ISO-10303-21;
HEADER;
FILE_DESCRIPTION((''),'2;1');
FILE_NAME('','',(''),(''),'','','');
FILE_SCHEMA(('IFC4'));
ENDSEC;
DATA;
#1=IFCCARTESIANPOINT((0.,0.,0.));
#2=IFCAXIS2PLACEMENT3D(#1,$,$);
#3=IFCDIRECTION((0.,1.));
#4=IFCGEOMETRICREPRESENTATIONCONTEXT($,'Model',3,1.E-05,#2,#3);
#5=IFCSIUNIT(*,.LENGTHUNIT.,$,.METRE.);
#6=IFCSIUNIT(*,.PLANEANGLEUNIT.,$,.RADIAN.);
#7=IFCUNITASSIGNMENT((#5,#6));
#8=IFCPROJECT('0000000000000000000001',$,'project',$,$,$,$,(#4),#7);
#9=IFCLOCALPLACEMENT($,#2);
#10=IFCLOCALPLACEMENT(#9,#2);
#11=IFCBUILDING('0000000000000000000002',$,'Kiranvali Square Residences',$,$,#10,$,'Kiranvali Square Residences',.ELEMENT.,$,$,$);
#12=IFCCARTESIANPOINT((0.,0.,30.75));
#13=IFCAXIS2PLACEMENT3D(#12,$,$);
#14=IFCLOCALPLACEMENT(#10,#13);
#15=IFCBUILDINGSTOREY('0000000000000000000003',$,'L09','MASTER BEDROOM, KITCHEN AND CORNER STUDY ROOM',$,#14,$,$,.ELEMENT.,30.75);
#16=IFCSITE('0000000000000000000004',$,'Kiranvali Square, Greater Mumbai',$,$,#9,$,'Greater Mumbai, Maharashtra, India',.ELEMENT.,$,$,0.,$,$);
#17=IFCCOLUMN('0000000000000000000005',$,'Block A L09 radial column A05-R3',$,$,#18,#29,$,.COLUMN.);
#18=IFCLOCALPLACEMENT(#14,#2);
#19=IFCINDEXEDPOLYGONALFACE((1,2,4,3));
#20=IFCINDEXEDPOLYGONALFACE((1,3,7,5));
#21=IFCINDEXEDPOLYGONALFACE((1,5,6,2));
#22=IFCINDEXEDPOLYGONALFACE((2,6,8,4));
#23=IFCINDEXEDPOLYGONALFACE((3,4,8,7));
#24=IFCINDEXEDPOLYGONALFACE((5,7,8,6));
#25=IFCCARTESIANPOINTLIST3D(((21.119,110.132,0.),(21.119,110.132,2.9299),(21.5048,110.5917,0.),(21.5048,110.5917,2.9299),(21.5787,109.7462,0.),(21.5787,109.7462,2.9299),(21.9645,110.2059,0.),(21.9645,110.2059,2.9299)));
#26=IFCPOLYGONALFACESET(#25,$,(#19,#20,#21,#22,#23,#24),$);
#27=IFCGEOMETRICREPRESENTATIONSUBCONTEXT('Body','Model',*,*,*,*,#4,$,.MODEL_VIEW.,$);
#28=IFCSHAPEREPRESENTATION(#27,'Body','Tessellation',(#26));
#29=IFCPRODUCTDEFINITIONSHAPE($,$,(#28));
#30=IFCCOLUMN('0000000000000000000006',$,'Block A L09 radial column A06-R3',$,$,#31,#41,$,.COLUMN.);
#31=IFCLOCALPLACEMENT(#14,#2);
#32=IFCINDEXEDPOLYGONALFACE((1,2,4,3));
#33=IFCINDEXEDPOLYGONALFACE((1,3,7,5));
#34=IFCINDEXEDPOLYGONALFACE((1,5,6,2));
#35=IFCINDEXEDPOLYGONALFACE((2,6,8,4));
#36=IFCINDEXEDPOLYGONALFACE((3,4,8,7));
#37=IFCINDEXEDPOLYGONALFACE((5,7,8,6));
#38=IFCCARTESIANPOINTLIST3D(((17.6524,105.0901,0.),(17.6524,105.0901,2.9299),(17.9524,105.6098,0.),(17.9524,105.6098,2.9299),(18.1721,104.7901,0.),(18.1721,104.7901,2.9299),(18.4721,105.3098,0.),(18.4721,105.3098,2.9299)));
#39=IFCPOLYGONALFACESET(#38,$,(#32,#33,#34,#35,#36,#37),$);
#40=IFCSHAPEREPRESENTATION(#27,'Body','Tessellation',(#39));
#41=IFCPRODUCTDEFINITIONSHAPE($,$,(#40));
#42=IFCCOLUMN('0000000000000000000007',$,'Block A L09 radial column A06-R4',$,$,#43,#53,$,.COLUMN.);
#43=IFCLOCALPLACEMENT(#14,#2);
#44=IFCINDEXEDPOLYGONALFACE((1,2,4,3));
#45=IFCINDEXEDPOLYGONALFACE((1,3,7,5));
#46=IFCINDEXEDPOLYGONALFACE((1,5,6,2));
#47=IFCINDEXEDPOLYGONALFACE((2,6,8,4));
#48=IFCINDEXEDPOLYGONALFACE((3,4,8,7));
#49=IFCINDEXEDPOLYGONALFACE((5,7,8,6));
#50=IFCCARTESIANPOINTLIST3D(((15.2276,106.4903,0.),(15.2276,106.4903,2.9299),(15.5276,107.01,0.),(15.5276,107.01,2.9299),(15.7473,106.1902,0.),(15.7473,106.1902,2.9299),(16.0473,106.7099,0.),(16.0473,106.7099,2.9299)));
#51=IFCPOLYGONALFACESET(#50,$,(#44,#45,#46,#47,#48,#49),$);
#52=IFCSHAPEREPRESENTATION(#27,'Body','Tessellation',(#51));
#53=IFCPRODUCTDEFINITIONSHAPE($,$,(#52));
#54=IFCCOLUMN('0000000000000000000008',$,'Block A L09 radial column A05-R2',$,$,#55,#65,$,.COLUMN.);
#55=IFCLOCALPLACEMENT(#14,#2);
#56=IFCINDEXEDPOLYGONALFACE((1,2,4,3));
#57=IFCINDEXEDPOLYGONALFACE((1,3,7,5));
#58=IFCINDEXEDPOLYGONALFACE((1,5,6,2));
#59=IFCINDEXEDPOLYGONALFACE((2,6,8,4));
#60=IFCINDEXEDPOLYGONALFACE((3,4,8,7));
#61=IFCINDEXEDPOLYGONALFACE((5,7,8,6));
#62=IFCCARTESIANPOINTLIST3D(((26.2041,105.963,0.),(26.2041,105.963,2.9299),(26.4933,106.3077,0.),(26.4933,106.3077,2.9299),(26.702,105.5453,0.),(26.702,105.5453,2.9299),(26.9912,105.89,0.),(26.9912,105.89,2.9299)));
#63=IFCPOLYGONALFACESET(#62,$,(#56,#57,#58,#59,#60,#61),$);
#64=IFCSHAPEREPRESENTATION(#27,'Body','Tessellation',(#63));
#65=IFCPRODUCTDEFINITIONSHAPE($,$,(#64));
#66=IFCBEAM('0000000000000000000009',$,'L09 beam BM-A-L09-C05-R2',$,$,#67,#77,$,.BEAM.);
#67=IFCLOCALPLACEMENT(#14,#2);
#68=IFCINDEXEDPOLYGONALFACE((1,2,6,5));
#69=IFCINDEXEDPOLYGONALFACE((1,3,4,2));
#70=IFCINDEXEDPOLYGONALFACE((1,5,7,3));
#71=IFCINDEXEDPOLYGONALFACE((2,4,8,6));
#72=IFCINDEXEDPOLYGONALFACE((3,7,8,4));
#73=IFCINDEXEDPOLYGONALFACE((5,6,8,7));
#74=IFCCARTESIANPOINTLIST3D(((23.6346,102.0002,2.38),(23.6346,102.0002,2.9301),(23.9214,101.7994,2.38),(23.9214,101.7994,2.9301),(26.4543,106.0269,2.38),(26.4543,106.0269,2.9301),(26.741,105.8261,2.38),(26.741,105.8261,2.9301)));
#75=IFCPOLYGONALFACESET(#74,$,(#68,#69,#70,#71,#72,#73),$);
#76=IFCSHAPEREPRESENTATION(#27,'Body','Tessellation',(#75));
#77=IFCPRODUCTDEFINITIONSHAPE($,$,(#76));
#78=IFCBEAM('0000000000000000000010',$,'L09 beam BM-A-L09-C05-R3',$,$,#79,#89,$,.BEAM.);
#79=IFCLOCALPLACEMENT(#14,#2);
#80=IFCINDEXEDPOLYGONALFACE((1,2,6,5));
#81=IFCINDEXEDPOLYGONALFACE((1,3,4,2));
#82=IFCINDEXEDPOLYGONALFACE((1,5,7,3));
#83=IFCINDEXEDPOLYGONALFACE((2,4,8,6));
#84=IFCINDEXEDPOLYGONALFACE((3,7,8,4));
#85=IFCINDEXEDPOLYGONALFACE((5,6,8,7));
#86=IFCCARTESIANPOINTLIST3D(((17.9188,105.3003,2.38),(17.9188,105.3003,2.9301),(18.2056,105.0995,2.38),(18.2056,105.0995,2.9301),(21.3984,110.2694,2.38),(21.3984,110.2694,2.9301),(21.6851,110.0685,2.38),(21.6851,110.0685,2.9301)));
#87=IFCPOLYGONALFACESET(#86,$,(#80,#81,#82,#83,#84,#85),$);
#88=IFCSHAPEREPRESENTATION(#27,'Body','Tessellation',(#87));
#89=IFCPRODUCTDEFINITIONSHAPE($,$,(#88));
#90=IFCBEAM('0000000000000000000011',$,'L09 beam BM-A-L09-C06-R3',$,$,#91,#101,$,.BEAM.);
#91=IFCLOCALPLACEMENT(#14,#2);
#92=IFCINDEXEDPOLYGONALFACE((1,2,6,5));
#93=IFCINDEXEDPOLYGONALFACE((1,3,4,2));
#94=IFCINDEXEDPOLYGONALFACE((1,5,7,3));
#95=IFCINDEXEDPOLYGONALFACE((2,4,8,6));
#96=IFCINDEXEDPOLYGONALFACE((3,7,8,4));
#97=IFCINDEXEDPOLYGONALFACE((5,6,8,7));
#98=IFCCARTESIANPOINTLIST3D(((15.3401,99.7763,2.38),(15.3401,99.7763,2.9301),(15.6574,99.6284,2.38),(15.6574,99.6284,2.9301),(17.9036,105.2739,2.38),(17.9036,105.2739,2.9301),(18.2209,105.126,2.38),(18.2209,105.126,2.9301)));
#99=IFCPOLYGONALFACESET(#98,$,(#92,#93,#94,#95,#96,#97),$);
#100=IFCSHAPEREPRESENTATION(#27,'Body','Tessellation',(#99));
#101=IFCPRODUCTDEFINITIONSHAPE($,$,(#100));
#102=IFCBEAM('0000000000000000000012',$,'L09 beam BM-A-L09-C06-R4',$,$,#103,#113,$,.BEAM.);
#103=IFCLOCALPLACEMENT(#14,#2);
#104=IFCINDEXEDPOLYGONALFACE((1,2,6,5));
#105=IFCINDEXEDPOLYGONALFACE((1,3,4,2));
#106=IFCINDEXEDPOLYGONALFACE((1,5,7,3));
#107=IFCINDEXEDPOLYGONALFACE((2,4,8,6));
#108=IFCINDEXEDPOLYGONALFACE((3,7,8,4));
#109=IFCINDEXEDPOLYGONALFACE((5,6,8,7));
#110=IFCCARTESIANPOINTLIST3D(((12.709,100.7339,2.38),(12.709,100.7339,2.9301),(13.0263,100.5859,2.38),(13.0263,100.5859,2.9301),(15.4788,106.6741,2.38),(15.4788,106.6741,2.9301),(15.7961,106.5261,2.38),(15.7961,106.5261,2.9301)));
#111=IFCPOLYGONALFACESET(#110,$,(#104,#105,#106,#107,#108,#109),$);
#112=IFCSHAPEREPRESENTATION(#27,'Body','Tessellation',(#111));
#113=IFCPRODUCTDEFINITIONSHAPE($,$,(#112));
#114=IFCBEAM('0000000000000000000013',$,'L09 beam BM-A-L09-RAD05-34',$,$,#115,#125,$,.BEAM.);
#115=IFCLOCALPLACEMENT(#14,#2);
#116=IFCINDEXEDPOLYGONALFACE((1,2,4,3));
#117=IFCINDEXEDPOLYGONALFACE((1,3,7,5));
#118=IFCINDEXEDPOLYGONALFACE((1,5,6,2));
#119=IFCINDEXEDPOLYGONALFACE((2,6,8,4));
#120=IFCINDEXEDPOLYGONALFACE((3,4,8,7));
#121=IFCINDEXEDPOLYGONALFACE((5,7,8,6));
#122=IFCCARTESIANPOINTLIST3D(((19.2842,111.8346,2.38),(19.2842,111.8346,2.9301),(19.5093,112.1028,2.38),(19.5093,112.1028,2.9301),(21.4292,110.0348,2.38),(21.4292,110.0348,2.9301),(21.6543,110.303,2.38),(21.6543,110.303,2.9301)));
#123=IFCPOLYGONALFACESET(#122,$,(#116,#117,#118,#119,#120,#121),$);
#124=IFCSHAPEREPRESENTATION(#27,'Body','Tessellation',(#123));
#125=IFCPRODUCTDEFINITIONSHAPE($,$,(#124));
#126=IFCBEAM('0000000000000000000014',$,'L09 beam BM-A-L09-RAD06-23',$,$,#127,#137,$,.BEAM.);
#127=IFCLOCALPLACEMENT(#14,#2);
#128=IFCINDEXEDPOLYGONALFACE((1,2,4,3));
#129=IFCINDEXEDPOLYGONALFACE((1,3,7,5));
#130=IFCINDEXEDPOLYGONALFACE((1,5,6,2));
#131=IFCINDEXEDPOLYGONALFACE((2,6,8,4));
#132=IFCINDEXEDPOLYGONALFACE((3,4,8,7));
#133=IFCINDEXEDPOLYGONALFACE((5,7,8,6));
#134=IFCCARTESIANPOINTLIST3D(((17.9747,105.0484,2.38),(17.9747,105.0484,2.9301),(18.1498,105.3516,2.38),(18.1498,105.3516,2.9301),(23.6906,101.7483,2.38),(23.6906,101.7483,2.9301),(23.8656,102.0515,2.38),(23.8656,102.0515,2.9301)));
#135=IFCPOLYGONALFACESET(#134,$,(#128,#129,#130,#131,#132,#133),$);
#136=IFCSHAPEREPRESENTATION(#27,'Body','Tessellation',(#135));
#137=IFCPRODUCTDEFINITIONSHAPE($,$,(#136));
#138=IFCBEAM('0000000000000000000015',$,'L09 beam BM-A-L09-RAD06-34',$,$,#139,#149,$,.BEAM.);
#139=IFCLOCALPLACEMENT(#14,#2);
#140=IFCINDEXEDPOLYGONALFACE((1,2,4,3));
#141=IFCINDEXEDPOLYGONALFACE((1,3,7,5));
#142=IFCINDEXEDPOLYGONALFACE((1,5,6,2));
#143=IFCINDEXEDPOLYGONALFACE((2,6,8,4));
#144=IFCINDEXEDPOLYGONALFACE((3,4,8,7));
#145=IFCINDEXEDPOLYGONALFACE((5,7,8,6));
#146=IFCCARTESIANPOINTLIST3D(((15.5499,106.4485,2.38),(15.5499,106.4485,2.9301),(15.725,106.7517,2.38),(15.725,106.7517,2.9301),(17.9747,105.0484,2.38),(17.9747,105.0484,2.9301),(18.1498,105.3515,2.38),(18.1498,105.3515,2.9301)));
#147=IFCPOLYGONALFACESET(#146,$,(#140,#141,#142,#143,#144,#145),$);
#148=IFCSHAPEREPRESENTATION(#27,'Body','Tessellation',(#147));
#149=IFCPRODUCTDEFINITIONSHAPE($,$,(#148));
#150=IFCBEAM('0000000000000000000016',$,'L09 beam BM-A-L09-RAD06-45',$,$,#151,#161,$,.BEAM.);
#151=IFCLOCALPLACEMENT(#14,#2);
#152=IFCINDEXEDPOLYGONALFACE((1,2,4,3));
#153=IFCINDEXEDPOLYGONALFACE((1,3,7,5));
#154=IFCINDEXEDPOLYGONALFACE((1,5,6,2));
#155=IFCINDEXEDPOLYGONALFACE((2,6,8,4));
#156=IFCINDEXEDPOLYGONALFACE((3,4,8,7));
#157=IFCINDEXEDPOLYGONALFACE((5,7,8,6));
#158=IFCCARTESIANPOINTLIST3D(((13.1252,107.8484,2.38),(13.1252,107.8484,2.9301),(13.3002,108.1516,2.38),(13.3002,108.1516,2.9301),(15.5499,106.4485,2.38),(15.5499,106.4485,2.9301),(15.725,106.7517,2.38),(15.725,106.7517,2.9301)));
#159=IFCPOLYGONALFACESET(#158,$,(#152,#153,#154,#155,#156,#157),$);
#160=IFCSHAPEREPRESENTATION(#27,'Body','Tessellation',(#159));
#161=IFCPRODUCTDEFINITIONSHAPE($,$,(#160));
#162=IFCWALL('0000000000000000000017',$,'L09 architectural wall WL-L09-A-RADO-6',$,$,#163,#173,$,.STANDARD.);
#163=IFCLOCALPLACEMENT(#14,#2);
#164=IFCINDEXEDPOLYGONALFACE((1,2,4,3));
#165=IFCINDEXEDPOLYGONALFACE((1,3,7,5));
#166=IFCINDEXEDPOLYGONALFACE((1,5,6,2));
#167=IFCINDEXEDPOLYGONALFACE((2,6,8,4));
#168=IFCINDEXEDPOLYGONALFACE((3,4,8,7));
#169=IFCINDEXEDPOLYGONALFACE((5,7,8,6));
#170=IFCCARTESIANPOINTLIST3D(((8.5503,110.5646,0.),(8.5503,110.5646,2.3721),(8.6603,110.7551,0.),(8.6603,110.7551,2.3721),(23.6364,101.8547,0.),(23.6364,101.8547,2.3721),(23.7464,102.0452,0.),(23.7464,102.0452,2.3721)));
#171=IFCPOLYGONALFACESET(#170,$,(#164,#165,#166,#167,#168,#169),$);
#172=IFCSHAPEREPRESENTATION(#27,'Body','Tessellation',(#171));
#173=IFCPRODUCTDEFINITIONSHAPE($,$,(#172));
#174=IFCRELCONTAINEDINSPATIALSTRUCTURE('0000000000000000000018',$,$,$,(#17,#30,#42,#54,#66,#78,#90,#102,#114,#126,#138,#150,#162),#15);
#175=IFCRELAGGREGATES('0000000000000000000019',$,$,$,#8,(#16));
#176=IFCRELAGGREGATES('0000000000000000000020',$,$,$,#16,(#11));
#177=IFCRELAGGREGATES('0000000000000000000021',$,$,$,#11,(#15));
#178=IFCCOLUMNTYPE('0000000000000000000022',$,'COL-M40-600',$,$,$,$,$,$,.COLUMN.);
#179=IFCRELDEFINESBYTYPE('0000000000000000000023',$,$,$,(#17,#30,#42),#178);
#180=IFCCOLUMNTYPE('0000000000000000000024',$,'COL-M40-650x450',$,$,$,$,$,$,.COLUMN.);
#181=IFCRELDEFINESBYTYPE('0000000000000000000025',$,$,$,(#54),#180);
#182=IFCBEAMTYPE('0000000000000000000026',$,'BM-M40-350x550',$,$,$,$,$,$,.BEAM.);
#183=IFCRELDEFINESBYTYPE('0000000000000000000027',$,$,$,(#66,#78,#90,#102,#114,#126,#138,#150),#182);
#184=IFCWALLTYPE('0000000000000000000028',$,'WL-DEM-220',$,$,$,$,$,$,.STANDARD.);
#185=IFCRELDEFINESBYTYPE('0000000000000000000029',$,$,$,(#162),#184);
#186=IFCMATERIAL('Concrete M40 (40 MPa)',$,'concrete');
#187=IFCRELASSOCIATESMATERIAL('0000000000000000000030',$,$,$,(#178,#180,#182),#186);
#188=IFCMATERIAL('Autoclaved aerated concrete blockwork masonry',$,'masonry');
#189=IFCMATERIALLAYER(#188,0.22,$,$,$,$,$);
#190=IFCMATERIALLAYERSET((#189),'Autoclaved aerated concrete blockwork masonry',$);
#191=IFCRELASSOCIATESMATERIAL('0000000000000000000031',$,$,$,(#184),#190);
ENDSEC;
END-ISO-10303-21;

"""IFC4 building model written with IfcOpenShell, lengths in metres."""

from ifc_helpers import new_model, si_unit, direction, frame, frame_2d, origin, origin_2d, place, context, subcontext, project, spatial, rectangle, extrude, material, layer, layer_set, material_profile, profile_set, type_object, element, save


model = new_model("IFC4")

# Units and contexts
model_context = context("Model", 3, precision=1e-05, world=origin(), true_north=direction((0.0, 1.0)))
body_context = subcontext(model_context, "Body", "Model", "MODEL_VIEW")
ifc_project = project(units=[si_unit("LENGTHUNIT", "METRE"), si_unit("PLANEANGLEUNIT", "RADIAN")], contexts=[model_context])

# Site, building, storey
site_placement = place(None, origin())
site = spatial("IfcSite", under=ifc_project, at=site_placement, Name="Kiranvali Square, Greater Mumbai", LongName="Greater Mumbai, Maharashtra, India", CompositionType="ELEMENT", RefElevation=0.0)
building_placement = place(site_placement, origin())
building = spatial("IfcBuilding", under=site, at=building_placement, Name="Kiranvali Square Residences", LongName="Kiranvali Square Residences", CompositionType="ELEMENT")
storey_placement = place(building_placement, frame((0.0, 0.0, 30.75)))
storey = spatial("IfcBuildingStorey", under=building, at=storey_placement, Name="L09", Description="MASTER BEDROOM, KITCHEN AND CORNER STUDY ROOM", CompositionType="ELEMENT", Elevation=30.75)

# Columns
ifc_material_1 = material(Name="Concrete M40 (40 MPa)", Category="concrete")
ifc_material_profile_1 = material_profile(ifc_material_1, rectangle(XDim=0.6001, YDim=0.6001, at=origin_2d()), Name="RC 600x600")
ifc_profile_set_1 = profile_set([ifc_material_profile_1], Name="Concrete M40 (40 MPa)")
column_type_1 = type_object("IfcColumnType", Name="COL-M40-600", PredefinedType="COLUMN", material=ifc_profile_set_1)
for number, where, z_axis, x_axis, name in (
    (1, (21.5417, 110.1689, 0.0), (0.0, 0.0, 1.0), (0.642788, 0.766044, 0.0), "Block A L09 radial column A05-R3"),
    (2, (18.0623, 105.2, 0.0), (0.0, 0.0, 1.0), (0.5, 0.866025, 0.0), "Block A L09 radial column A06-R3"),
    (3, (15.6375, 106.6001, 0.0), (0.0, 0.0, 1.0), (0.5, 0.866025, 0.0), "Block A L09 radial column A06-R4"),
):
    element("IfcColumn", number, at=place(storey_placement, frame(where, z_axis=z_axis, x_axis=x_axis)), inside=storey, type_object=column_type_1, Name=name, PredefinedType="COLUMN", context=body_context, shape_type="SweptSolid", body=[
        extrude(rectangle(XDim=0.6001, YDim=0.6001, at=origin_2d()), origin(), (0.0, 0.0, 1.0), 2.9299),
    ])
ifc_material_profile_2 = material_profile(ifc_material_1, rectangle(XDim=0.45, YDim=0.6499, at=origin_2d()), Name="RC 650x450")
ifc_profile_set_2 = profile_set([ifc_material_profile_2], Name="Concrete M40 (40 MPa)")
column_type_2 = type_object("IfcColumnType", Name="COL-M40-650x450", PredefinedType="COLUMN", material=ifc_profile_set_2)
column_placement = place(storey_placement, frame((26.5977, 105.9265, 0.0), z_axis=(0.0, 0.0, 1.0), x_axis=(0.642788, 0.766044, 0.0)))
element("IfcColumn", 4, at=column_placement, inside=storey, type_object=column_type_2, Name="Block A L09 radial column A05-R2", PredefinedType="COLUMN", context=body_context, shape_type="SweptSolid", body=[
    extrude(rectangle(XDim=0.45, YDim=0.6499, at=origin_2d()), origin(), (0.0, 0.0, 1.0), 2.9299),
])

# Beams
ifc_material_profile_3 = material_profile(ifc_material_1, rectangle(XDim=0.3501, YDim=0.55, at=origin_2d()), Name="RC 350x550")
ifc_profile_set_3 = profile_set([ifc_material_profile_3], Name="Concrete M40 (40 MPa)")
beam_type = type_object("IfcBeamType", Name="BM-M40-350x550", PredefinedType="BEAM", material=ifc_profile_set_3)
beam_1_placement = place(storey_placement, frame((26.5977, 105.9265, 2.655), z_axis=(-0.573592, -0.819141, 0.0), x_axis=(0.819141, -0.573592, 0.0)))
element("IfcBeam", 5, at=beam_1_placement, inside=storey, type_object=beam_type, Name="L09 beam BM-A-L09-C05-R2", PredefinedType="BEAM", context=body_context, shape_type="SweptSolid", body=[
    extrude(rectangle(XDim=0.3501, YDim=0.55, at=origin_2d()), origin(), (0.0, 0.0, 1.0), 4.9158),
])
beam_2_placement = place(storey_placement, frame((21.5417, 110.1689, 2.655), z_axis=(-0.573595, -0.819139, 0.0), x_axis=(0.819139, -0.573595, 0.0)))
element("IfcBeam", 6, at=beam_2_placement, inside=storey, type_object=beam_type, Name="L09 beam BM-A-L09-C05-R3", PredefinedType="BEAM", context=body_context, shape_type="SweptSolid", body=[
    extrude(rectangle(XDim=0.3501, YDim=0.55, at=origin_2d()), origin(), (0.0, 0.0, 1.0), 6.0662),
])
beam_3_placement = place(storey_placement, frame((18.0623, 105.2, 2.655), z_axis=(-0.422608, -0.906313, 0.0), x_axis=(0.906313, -0.422608, 0.0)))
element("IfcBeam", 7, at=beam_3_placement, inside=storey, type_object=beam_type, Name="L09 beam BM-A-L09-C06-R3", PredefinedType="BEAM", context=body_context, shape_type="SweptSolid", body=[
    extrude(rectangle(XDim=0.3501, YDim=0.55, at=origin_2d()), origin(), (0.0, 0.0, 1.0), 6.0659),
])
beam_4_placement = place(storey_placement, frame((15.6375, 106.6001, 2.655), z_axis=(-0.422596, -0.906318, 0.0), x_axis=(0.906318, -0.422596, 0.0)))
element("IfcBeam", 8, at=beam_4_placement, inside=storey, type_object=beam_type, Name="L09 beam BM-A-L09-C06-R4", PredefinedType="BEAM", context=body_context, shape_type="SweptSolid", body=[
    extrude(rectangle(XDim=0.3501, YDim=0.55, at=origin_2d()), origin(), (0.0, 0.0, 1.0), 6.5542),
])
beam_5_placement = place(storey_placement, frame((21.5417, 110.1689, 2.655), z_axis=(-0.766059, 0.642771, 0.0), x_axis=(-0.642771, -0.766059, 0.0)))
element("IfcBeam", 9, at=beam_5_placement, inside=storey, type_object=beam_type, Name="L09 beam BM-A-L09-RAD05-34", PredefinedType="BEAM", context=body_context, shape_type="SweptSolid", body=[
    extrude(rectangle(XDim=0.3501, YDim=0.55, at=origin_2d()), origin(), (0.0, 0.0, 1.0), 2.8),
])
beam_6_placement = place(storey_placement, frame((23.7781, 101.8999, 2.655), z_axis=(-0.866024, 0.500002, 0.0), x_axis=(-0.500002, -0.866024, 0.0)))
element("IfcBeam", 10, at=beam_6_placement, inside=storey, type_object=beam_type, Name="L09 beam BM-A-L09-RAD06-23", PredefinedType="BEAM", context=body_context, shape_type="SweptSolid", body=[
    extrude(rectangle(XDim=0.3501, YDim=0.55, at=origin_2d()), origin(), (0.0, 0.0, 1.0), 6.6001),
])
beam_7_placement = place(storey_placement, frame((18.0623, 105.2, 2.655), z_axis=(-0.865997, 0.50005, 0.0), x_axis=(-0.50005, -0.865997, 0.0)))
element("IfcBeam", 11, at=beam_7_placement, inside=storey, type_object=beam_type, Name="L09 beam BM-A-L09-RAD06-34", PredefinedType="BEAM", context=body_context, shape_type="SweptSolid", body=[
    extrude(rectangle(XDim=0.3501, YDim=0.55, at=origin_2d()), origin(), (0.0, 0.0, 1.0), 2.8),
])
beam_8_placement = place(storey_placement, frame((15.6375, 106.6001, 2.655), z_axis=(-0.866035, 0.499984, 0.0), x_axis=(-0.499984, -0.866035, 0.0)))
element("IfcBeam", 12, at=beam_8_placement, inside=storey, type_object=beam_type, Name="L09 beam BM-A-L09-RAD06-45", PredefinedType="BEAM", context=body_context, shape_type="SweptSolid", body=[
    extrude(rectangle(XDim=0.3501, YDim=0.55, at=origin_2d()), origin(), (0.0, 0.0, 1.0), 2.7998),
])

# Shared definitions
ifc_material_2 = material(Name="Autoclaved aerated concrete blockwork masonry", Category="masonry")

# Wall
ifc_layer_1 = layer(ifc_material_2, 0.22)
ifc_layer_set_1 = layer_set([ifc_layer_1], Name="Autoclaved aerated concrete blockwork masonry")
wall_type_1 = type_object("IfcWallType", Name="WL-DEM-220", PredefinedType="STANDARD", material=ifc_layer_set_1)
wall_1_placement = place(storey_placement, frame((23.6914, 101.95, 0.0), z_axis=(0.0, 0.0, 1.0), x_axis=(-0.866027, 0.499998, 0.0)))
element("IfcWall", 13, at=wall_1_placement, inside=storey, type_object=wall_type_1, Name="L09 architectural wall WL-L09-A-RADO-6", PredefinedType="STANDARD", context=body_context, shape_type="SweptSolid", body=[
    extrude(rectangle(XDim=17.4199, YDim=0.22, at=frame_2d((8.71, 0.0))), origin(), (0.0, 0.0, 1.0), 2.3721),
])

save(model, "model.ifc")
